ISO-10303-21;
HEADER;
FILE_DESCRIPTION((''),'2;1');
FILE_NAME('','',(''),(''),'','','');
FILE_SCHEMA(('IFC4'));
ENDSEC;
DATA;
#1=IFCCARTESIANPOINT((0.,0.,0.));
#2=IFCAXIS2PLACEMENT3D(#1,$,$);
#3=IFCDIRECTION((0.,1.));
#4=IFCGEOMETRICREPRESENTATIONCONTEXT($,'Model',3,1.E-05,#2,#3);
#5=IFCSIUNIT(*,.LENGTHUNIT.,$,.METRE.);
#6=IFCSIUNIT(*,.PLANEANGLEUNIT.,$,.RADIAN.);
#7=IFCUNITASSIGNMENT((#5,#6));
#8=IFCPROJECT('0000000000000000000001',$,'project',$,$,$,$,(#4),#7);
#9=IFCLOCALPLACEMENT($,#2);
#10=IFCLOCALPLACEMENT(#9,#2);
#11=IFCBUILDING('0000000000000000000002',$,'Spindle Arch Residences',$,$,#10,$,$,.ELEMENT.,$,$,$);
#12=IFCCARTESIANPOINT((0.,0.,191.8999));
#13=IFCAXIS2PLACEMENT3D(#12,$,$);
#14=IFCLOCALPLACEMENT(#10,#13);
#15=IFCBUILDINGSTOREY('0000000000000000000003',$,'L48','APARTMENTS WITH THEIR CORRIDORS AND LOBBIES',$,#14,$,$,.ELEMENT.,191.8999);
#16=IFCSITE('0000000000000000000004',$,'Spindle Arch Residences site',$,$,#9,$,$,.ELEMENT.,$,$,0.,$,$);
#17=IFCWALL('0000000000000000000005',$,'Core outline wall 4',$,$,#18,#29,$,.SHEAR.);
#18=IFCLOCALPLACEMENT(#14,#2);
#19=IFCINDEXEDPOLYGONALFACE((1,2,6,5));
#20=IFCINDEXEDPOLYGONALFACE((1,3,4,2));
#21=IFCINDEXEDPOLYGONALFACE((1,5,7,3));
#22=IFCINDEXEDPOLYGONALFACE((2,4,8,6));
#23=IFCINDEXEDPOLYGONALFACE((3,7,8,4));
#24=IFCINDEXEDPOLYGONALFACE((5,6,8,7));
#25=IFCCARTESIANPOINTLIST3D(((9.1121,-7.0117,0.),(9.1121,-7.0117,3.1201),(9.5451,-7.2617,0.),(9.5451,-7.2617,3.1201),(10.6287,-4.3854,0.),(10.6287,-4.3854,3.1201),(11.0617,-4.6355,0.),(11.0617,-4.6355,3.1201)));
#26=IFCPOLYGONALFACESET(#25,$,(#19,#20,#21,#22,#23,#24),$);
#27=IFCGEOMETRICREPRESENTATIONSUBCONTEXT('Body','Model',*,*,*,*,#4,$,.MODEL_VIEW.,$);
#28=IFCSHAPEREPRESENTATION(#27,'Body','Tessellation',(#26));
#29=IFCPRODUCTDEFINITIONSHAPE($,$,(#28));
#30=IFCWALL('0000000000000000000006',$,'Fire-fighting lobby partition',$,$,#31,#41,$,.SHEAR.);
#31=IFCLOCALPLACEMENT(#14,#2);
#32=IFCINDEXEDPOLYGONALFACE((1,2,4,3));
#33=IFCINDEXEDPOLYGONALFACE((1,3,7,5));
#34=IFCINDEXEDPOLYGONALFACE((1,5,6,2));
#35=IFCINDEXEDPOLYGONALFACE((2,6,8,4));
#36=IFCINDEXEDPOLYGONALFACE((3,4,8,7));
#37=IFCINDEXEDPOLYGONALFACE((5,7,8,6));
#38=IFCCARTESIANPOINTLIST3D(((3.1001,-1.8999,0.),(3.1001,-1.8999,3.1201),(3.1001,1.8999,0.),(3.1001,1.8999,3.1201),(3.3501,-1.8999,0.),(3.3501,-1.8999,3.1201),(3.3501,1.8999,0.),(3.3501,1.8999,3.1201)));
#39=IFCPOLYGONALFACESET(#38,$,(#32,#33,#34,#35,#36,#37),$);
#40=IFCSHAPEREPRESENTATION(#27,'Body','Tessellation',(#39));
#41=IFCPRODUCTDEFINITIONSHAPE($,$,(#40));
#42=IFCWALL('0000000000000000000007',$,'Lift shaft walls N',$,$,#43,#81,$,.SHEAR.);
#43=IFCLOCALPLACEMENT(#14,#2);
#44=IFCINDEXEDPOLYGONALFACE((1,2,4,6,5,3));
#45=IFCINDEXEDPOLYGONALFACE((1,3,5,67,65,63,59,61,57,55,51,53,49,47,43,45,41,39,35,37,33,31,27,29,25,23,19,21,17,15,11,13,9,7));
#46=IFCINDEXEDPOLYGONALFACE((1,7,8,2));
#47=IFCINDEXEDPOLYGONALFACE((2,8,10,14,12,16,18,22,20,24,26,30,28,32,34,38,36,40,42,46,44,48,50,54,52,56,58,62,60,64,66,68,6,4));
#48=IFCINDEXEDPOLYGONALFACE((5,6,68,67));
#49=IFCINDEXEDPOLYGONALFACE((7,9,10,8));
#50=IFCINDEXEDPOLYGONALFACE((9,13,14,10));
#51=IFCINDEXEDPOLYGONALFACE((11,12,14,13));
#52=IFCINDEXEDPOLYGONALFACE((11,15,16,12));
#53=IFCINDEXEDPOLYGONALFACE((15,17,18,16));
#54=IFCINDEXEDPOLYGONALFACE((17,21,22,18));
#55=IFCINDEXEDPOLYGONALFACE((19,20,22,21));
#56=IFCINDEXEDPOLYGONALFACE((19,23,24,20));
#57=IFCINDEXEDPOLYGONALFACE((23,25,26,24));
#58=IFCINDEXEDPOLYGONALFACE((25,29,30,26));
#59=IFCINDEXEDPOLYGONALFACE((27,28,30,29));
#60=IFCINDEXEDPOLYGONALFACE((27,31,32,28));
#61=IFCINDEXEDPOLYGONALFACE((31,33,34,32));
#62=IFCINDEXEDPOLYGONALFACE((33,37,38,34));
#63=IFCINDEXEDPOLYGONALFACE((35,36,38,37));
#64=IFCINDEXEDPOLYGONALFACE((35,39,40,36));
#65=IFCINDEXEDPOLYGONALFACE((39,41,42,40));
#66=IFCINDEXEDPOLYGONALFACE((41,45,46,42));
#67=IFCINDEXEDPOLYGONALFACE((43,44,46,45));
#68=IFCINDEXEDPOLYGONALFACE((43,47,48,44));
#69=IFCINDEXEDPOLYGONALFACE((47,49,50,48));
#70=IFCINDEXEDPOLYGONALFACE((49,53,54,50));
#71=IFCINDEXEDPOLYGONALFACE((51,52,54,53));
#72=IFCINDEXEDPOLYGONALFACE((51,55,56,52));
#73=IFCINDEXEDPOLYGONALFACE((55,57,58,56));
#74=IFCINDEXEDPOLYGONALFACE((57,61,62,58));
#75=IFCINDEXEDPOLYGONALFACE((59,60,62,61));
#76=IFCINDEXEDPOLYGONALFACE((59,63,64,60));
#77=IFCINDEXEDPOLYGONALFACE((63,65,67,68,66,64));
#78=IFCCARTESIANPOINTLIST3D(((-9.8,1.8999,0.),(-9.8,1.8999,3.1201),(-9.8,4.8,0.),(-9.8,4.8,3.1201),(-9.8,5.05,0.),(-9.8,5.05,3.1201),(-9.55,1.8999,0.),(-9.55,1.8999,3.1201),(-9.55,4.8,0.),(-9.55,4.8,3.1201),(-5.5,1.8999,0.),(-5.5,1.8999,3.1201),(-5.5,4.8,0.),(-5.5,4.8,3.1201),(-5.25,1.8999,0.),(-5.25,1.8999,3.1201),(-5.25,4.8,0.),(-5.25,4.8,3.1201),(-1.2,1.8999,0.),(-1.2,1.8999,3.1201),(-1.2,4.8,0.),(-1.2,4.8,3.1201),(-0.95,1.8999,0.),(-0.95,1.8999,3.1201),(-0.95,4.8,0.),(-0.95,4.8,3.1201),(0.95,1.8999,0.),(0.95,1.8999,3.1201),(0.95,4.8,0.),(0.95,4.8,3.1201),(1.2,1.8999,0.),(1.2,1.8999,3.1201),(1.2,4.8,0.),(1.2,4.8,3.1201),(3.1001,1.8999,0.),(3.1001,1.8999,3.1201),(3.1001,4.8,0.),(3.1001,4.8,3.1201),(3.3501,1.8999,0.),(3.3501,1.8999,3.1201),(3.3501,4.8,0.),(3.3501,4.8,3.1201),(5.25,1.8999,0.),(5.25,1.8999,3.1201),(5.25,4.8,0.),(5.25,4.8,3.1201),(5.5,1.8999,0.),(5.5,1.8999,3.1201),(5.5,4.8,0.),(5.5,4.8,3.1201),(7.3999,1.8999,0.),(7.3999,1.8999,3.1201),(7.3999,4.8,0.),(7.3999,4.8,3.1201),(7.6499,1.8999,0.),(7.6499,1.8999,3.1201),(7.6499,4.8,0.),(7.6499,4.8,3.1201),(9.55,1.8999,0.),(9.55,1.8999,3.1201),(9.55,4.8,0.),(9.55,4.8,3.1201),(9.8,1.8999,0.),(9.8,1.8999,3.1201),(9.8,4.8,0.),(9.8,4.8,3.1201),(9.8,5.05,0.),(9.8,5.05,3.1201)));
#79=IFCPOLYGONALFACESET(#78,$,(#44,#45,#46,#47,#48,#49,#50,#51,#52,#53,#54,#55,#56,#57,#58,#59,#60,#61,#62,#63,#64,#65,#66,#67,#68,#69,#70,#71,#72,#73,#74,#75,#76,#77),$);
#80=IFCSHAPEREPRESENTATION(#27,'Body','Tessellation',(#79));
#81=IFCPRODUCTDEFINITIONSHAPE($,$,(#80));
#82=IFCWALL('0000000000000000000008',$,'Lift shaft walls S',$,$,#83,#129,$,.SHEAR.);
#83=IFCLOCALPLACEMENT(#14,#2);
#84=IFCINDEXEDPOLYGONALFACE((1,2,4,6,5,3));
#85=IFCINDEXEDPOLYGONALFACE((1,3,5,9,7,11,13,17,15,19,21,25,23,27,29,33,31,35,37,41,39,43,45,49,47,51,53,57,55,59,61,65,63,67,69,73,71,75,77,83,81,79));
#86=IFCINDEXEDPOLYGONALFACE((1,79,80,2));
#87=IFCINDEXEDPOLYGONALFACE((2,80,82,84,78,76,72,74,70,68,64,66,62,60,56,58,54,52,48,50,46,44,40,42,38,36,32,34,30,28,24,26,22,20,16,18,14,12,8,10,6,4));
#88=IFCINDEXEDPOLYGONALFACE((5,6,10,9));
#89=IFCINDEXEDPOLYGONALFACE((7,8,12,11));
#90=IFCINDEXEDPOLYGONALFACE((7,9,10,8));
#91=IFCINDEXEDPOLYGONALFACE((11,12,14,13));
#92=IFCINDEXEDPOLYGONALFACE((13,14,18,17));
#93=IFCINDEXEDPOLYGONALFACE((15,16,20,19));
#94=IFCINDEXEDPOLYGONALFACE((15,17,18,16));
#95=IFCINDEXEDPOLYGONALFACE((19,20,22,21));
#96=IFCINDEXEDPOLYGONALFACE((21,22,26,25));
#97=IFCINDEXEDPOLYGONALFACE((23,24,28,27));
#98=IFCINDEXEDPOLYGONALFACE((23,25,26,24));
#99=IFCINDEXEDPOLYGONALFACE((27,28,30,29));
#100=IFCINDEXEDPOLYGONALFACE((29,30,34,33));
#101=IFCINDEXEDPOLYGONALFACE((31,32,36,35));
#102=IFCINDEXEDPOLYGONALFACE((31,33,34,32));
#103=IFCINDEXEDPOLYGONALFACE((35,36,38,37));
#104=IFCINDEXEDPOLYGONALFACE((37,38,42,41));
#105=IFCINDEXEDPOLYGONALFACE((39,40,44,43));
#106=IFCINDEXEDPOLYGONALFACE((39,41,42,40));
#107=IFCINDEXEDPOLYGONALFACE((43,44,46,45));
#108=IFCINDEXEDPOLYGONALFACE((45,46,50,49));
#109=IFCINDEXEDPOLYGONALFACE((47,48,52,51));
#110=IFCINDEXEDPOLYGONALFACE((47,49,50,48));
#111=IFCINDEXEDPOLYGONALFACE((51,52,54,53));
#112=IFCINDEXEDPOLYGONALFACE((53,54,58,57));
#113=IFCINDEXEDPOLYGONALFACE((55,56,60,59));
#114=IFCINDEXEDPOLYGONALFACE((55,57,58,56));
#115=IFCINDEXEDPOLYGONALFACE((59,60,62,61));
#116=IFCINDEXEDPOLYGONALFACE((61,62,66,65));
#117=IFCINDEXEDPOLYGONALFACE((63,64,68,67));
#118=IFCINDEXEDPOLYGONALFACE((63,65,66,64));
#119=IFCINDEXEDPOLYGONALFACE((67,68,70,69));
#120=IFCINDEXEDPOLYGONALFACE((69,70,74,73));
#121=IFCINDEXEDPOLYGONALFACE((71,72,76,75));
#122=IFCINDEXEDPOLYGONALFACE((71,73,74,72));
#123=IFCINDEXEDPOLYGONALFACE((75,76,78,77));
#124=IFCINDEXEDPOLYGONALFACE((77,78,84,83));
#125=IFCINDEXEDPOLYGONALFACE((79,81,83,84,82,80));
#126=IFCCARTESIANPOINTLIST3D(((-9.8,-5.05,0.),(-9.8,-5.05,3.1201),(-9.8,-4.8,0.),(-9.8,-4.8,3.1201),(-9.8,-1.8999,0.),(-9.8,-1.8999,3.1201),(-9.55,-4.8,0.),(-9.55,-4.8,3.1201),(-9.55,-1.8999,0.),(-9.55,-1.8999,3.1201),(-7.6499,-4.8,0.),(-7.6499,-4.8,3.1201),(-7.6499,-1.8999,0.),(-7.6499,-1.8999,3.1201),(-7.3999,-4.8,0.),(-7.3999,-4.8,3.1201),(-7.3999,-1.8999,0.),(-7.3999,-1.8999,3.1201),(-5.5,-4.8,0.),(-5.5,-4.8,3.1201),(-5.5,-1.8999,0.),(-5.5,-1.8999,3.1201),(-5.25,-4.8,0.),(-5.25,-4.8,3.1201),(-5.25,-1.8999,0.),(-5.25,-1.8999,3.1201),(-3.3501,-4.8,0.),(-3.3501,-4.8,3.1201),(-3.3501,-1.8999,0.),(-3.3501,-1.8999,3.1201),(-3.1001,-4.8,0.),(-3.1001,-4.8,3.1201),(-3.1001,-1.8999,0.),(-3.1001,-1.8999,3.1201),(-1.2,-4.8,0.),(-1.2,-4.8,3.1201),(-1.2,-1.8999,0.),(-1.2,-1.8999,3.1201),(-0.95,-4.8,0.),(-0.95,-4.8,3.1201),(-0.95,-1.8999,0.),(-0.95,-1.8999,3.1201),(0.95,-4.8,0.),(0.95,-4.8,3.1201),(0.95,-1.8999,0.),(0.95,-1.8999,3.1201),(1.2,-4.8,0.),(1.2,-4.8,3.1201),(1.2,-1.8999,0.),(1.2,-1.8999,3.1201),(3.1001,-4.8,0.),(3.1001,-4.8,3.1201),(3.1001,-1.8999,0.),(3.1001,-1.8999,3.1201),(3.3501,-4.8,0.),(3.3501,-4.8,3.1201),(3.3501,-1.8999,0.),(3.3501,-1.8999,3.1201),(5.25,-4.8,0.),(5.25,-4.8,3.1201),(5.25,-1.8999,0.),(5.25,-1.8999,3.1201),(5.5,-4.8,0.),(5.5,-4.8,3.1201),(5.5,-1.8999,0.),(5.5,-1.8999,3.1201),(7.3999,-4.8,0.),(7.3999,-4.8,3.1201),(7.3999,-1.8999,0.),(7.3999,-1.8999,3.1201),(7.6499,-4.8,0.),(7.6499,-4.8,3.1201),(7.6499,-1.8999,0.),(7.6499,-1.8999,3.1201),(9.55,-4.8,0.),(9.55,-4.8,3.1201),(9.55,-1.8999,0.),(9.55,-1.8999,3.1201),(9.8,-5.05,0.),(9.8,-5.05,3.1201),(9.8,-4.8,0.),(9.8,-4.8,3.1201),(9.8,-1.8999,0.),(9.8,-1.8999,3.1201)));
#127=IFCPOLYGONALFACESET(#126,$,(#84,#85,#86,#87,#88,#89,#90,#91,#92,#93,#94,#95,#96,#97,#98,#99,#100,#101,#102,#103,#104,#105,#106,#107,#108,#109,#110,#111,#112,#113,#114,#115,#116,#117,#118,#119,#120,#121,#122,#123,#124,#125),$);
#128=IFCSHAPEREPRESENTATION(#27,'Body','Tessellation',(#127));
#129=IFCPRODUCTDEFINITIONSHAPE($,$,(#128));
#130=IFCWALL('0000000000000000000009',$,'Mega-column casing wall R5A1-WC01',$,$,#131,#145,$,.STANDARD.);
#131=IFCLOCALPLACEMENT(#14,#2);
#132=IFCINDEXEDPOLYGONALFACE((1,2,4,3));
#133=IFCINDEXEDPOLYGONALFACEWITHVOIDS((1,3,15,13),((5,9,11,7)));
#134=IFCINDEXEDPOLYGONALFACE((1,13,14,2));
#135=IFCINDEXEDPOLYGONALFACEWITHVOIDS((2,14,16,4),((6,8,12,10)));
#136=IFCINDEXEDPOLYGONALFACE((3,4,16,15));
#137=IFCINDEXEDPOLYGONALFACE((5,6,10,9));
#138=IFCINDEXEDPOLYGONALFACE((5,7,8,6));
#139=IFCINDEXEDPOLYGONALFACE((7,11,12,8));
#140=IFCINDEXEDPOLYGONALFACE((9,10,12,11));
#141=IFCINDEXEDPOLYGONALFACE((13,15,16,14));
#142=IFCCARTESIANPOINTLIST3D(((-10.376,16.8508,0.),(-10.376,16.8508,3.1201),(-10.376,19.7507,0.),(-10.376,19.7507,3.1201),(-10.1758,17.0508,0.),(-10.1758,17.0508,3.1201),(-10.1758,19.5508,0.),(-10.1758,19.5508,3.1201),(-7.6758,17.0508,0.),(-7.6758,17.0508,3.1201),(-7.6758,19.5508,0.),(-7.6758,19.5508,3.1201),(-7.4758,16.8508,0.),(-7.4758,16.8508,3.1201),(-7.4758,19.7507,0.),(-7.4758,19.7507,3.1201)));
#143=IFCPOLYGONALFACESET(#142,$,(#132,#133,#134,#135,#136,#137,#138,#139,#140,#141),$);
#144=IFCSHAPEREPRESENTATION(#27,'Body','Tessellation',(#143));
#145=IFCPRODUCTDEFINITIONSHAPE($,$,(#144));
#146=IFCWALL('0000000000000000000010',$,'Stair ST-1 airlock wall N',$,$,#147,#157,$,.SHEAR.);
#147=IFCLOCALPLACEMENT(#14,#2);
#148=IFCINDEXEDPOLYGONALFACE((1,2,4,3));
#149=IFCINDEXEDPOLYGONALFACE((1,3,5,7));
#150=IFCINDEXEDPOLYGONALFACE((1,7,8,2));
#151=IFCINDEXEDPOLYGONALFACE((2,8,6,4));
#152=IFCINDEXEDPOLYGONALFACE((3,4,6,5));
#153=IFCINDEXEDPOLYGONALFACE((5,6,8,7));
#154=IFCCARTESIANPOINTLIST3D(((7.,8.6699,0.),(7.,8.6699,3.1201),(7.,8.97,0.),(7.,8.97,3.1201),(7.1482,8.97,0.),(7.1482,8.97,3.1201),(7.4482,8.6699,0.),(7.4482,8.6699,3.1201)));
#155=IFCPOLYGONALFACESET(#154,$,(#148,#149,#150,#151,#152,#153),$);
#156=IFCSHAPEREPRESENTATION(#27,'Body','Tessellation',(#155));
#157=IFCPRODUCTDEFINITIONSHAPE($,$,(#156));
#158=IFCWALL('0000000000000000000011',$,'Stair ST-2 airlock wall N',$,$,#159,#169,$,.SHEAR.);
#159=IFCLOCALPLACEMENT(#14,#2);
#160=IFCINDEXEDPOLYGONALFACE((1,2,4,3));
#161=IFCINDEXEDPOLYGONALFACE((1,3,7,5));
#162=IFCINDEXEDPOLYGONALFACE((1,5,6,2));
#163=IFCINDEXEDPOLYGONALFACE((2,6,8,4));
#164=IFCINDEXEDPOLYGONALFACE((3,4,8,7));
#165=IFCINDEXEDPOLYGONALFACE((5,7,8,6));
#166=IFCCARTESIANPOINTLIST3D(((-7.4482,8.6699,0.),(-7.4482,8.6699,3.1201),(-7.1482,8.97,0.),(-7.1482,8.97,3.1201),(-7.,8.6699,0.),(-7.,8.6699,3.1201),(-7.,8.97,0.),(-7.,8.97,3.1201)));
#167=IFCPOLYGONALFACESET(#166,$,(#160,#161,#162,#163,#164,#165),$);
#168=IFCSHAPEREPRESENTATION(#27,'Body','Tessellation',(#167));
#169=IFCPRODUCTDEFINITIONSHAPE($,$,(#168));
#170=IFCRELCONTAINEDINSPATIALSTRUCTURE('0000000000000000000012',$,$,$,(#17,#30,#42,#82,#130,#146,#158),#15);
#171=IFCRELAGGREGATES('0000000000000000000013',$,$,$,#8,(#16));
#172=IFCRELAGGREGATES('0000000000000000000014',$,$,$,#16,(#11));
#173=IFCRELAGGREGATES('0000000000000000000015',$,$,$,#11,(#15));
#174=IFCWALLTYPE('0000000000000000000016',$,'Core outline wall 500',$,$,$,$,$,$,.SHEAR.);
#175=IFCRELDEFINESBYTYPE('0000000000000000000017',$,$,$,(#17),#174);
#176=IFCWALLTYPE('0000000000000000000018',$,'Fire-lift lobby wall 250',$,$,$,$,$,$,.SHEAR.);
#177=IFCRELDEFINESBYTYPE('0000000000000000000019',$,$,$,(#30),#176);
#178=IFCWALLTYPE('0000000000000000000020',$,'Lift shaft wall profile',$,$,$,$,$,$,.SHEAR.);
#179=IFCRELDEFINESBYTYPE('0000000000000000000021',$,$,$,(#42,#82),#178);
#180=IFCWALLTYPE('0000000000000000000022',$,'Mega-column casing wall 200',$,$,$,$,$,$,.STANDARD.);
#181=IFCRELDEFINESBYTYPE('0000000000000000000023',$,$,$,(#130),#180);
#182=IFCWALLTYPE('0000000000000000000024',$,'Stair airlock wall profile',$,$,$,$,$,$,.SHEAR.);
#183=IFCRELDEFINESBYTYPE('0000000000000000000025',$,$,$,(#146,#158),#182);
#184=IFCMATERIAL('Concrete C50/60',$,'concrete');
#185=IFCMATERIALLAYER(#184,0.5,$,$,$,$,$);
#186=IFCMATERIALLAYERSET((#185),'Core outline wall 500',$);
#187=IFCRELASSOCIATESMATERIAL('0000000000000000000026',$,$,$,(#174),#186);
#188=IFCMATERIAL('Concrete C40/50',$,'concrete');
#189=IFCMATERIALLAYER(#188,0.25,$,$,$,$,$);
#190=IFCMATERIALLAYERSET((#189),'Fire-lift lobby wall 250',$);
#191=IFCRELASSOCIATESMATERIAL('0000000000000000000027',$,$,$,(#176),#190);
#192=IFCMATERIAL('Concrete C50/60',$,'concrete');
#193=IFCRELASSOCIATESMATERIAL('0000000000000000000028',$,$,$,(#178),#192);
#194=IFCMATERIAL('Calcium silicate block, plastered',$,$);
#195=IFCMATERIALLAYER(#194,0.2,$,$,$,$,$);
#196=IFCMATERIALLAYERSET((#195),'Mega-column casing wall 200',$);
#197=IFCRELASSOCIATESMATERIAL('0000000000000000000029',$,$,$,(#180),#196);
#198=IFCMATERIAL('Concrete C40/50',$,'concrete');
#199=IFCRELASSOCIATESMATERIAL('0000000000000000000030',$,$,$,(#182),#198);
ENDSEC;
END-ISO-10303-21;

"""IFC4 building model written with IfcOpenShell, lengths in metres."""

from ifc_helpers import new_model, si_unit, direction, frame, frame_2d, origin, place, context, subcontext, project, spatial, polyline, rectangle, outline, extrude, material, layer, layer_set, type_object, element, save


model = new_model("IFC4")

# Units and contexts
model_context = context("Model", 3, precision=1e-05, world=origin(), true_north=direction((0.0, 1.0)))
body_context = subcontext(model_context, "Body", "Model", "MODEL_VIEW")
ifc_project = project(units=[si_unit("LENGTHUNIT", "METRE"), si_unit("PLANEANGLEUNIT", "RADIAN")], contexts=[model_context])

# Site, building, storey
site_placement = place(None, origin())
site = spatial("IfcSite", under=ifc_project, at=site_placement, Name="Spindle Arch Residences site", CompositionType="ELEMENT", RefElevation=0.0)
building_placement = place(site_placement, origin())
building = spatial("IfcBuilding", under=site, at=building_placement, Name="Spindle Arch Residences", CompositionType="ELEMENT")
storey_placement = place(building_placement, frame((0.0, 0.0, 191.8999)))
storey = spatial("IfcBuildingStorey", under=building, at=storey_placement, Name="L48", Description="APARTMENTS WITH THEIR CORRIDORS AND LOBBIES", CompositionType="ELEMENT", Elevation=191.8999)

# Walls
ifc_material_1 = material(Name="Concrete C50/60", Category="concrete")
ifc_layer_1 = layer(ifc_material_1, 0.5)
ifc_layer_set_1 = layer_set([ifc_layer_1], Name="Core outline wall 500")
wall_type_1 = type_object("IfcWallType", Name="Core outline wall 500", PredefinedType="SHEAR", material=ifc_layer_set_1)
wall_1_placement = place(storey_placement, frame((9.3286, -7.1367, 0.0), z_axis=(0.0, 0.0, 1.0), x_axis=(0.500087, 0.865975, 0.0)))
element("IfcWall", 1, at=wall_1_placement, inside=storey, type_object=wall_type_1, Name="Core outline wall 4", PredefinedType="SHEAR", context=body_context, shape_type="SweptSolid", body=[
    extrude(rectangle(XDim=3.0327, YDim=0.5, at=frame_2d((1.5164, 0.0))), origin(), (0.0, 0.0, 1.0), 3.1201),
])
ifc_material_2 = material(Name="Concrete C40/50", Category="concrete")
ifc_layer_2 = layer(ifc_material_2, 0.25)
ifc_layer_set_2 = layer_set([ifc_layer_2], Name="Fire-lift lobby wall 250")
wall_type_2 = type_object("IfcWallType", Name="Fire-lift lobby wall 250", PredefinedType="SHEAR", material=ifc_layer_set_2)
wall_2_placement = place(storey_placement, frame((3.2251, -1.8999, 0.0), z_axis=(0.0, 0.0, 1.0), x_axis=(0.0, 1.0, 0.0)))
element("IfcWall", 2, at=wall_2_placement, inside=storey, type_object=wall_type_2, Name="Fire-fighting lobby partition", PredefinedType="SHEAR", context=body_context, shape_type="SweptSolid", body=[
    extrude(rectangle(XDim=3.7998, YDim=0.25, at=frame_2d((1.8999, 0.0))), origin(), (0.0, 0.0, 1.0), 3.1201),
])

# Walls
ifc_material_3 = material(Name="Concrete C50/60", Category="concrete")
wall_type_3 = type_object("IfcWallType", Name="Lift shaft wall profile", PredefinedType="SHEAR", material=ifc_material_3)
wall_3_placement = place(storey_placement, origin())
element("IfcWall", 3, at=wall_3_placement, inside=storey, type_object=wall_type_3, Name="Lift shaft walls N", PredefinedType="SHEAR", context=body_context, shape_type="SweptSolid", body=[
    extrude(outline(polyline([(-9.55, 4.8), (-5.5, 4.8), (-5.5, 1.8999), (-5.25, 1.8999), (-5.25, 4.8), (-1.2, 4.8), (-1.2, 1.8999), (-0.95, 1.8999), (-0.95, 4.8), (0.95, 4.8), (0.95, 1.8999), (1.2, 1.8999), (1.2, 4.8), (3.1001, 4.8), (3.1001, 1.8999), (3.3501, 1.8999), (3.3501, 4.8), (5.25, 4.8), (5.25, 1.8999), (5.5, 1.8999), (5.5, 4.8), (7.3999, 4.8), (7.3999, 1.8999), (7.6499, 1.8999), (7.6499, 4.8), (9.55, 4.8), (9.55, 1.8999), (9.8, 1.8999), (9.8, 4.8), (9.8, 5.05), (-9.8, 5.05), (-9.8, 4.8), (-9.8, 1.8999), (-9.55, 1.8999), (-9.55, 4.8)])), origin(), (0.0, 0.0, 1.0), 3.1201),
])
wall_4_placement = place(storey_placement, origin())
element("IfcWall", 4, at=wall_4_placement, inside=storey, type_object=wall_type_3, Name="Lift shaft walls S", PredefinedType="SHEAR", context=body_context, shape_type="SweptSolid", body=[
    extrude(outline(polyline([(9.8, -5.05), (9.8, -4.8), (9.8, -1.8999), (9.55, -1.8999), (9.55, -4.8), (7.6499, -4.8), (7.6499, -1.8999), (7.3999, -1.8999), (7.3999, -4.8), (5.5, -4.8), (5.5, -1.8999), (5.25, -1.8999), (5.25, -4.8), (3.3501, -4.8), (3.3501, -1.8999), (3.1001, -1.8999), (3.1001, -4.8), (1.2, -4.8), (1.2, -1.8999), (0.95, -1.8999), (0.95, -4.8), (-0.95, -4.8), (-0.95, -1.8999), (-1.2, -1.8999), (-1.2, -4.8), (-3.1001, -4.8), (-3.1001, -1.8999), (-3.3501, -1.8999), (-3.3501, -4.8), (-5.25, -4.8), (-5.25, -1.8999), (-5.5, -1.8999), (-5.5, -4.8), (-7.3999, -4.8), (-7.3999, -1.8999), (-7.6499, -1.8999), (-7.6499, -4.8), (-9.55, -4.8), (-9.55, -1.8999), (-9.8, -1.8999), (-9.8, -4.8), (-9.8, -5.05), (9.8, -5.05)])), origin(), (0.0, 0.0, 1.0), 3.1201),
])
ifc_material_4 = material(Name="Calcium silicate block, plastered")
ifc_layer_3 = layer(ifc_material_4, 0.2)
ifc_layer_set_3 = layer_set([ifc_layer_3], Name="Mega-column casing wall 200")
wall_type_4 = type_object("IfcWallType", Name="Mega-column casing wall 200", PredefinedType="STANDARD", material=ifc_layer_set_3)
wall_5_placement = place(storey_placement, origin())
element("IfcWall", 5, at=wall_5_placement, inside=storey, type_object=wall_type_4, Name="Mega-column casing wall R5A1-WC01", PredefinedType="STANDARD", context=body_context, shape_type="SweptSolid", body=[
    extrude(outline(polyline([(-7.4758, 19.7507), (-7.4758, 16.8508), (-10.376, 16.8508), (-10.376, 19.7507), (-7.4758, 19.7507)]), holes=[polyline([(-10.1758, 17.0508), (-7.6758, 17.0508), (-7.6758, 19.5508), (-10.1758, 19.5508), (-10.1758, 17.0508)])]), origin(), (0.0, 0.0, 1.0), 3.1201),
])
ifc_material_5 = material(Name="Concrete C40/50", Category="concrete")
wall_type_5 = type_object("IfcWallType", Name="Stair airlock wall profile", PredefinedType="SHEAR", material=ifc_material_5)
wall_6_placement = place(storey_placement, origin())
element("IfcWall", 6, at=wall_6_placement, inside=storey, type_object=wall_type_5, Name="Stair ST-1 airlock wall N", PredefinedType="SHEAR", context=body_context, shape_type="SweptSolid", body=[
    extrude(outline(polyline([(7.4482, 8.6699), (7.0, 8.6699), (7.0, 8.97), (7.1482, 8.97), (7.4482, 8.6699)])), origin(), (0.0, 0.0, 1.0), 3.1201),
])
wall_7_placement = place(storey_placement, origin())
element("IfcWall", 7, at=wall_7_placement, inside=storey, type_object=wall_type_5, Name="Stair ST-2 airlock wall N", PredefinedType="SHEAR", context=body_context, shape_type="SweptSolid", body=[
    extrude(outline(polyline([(-7.1482, 8.97), (-7.0, 8.97), (-7.0, 8.6699), (-7.4482, 8.6699), (-7.1482, 8.97)])), origin(), (0.0, 0.0, 1.0), 3.1201),
])

save(model, "model.ifc")
